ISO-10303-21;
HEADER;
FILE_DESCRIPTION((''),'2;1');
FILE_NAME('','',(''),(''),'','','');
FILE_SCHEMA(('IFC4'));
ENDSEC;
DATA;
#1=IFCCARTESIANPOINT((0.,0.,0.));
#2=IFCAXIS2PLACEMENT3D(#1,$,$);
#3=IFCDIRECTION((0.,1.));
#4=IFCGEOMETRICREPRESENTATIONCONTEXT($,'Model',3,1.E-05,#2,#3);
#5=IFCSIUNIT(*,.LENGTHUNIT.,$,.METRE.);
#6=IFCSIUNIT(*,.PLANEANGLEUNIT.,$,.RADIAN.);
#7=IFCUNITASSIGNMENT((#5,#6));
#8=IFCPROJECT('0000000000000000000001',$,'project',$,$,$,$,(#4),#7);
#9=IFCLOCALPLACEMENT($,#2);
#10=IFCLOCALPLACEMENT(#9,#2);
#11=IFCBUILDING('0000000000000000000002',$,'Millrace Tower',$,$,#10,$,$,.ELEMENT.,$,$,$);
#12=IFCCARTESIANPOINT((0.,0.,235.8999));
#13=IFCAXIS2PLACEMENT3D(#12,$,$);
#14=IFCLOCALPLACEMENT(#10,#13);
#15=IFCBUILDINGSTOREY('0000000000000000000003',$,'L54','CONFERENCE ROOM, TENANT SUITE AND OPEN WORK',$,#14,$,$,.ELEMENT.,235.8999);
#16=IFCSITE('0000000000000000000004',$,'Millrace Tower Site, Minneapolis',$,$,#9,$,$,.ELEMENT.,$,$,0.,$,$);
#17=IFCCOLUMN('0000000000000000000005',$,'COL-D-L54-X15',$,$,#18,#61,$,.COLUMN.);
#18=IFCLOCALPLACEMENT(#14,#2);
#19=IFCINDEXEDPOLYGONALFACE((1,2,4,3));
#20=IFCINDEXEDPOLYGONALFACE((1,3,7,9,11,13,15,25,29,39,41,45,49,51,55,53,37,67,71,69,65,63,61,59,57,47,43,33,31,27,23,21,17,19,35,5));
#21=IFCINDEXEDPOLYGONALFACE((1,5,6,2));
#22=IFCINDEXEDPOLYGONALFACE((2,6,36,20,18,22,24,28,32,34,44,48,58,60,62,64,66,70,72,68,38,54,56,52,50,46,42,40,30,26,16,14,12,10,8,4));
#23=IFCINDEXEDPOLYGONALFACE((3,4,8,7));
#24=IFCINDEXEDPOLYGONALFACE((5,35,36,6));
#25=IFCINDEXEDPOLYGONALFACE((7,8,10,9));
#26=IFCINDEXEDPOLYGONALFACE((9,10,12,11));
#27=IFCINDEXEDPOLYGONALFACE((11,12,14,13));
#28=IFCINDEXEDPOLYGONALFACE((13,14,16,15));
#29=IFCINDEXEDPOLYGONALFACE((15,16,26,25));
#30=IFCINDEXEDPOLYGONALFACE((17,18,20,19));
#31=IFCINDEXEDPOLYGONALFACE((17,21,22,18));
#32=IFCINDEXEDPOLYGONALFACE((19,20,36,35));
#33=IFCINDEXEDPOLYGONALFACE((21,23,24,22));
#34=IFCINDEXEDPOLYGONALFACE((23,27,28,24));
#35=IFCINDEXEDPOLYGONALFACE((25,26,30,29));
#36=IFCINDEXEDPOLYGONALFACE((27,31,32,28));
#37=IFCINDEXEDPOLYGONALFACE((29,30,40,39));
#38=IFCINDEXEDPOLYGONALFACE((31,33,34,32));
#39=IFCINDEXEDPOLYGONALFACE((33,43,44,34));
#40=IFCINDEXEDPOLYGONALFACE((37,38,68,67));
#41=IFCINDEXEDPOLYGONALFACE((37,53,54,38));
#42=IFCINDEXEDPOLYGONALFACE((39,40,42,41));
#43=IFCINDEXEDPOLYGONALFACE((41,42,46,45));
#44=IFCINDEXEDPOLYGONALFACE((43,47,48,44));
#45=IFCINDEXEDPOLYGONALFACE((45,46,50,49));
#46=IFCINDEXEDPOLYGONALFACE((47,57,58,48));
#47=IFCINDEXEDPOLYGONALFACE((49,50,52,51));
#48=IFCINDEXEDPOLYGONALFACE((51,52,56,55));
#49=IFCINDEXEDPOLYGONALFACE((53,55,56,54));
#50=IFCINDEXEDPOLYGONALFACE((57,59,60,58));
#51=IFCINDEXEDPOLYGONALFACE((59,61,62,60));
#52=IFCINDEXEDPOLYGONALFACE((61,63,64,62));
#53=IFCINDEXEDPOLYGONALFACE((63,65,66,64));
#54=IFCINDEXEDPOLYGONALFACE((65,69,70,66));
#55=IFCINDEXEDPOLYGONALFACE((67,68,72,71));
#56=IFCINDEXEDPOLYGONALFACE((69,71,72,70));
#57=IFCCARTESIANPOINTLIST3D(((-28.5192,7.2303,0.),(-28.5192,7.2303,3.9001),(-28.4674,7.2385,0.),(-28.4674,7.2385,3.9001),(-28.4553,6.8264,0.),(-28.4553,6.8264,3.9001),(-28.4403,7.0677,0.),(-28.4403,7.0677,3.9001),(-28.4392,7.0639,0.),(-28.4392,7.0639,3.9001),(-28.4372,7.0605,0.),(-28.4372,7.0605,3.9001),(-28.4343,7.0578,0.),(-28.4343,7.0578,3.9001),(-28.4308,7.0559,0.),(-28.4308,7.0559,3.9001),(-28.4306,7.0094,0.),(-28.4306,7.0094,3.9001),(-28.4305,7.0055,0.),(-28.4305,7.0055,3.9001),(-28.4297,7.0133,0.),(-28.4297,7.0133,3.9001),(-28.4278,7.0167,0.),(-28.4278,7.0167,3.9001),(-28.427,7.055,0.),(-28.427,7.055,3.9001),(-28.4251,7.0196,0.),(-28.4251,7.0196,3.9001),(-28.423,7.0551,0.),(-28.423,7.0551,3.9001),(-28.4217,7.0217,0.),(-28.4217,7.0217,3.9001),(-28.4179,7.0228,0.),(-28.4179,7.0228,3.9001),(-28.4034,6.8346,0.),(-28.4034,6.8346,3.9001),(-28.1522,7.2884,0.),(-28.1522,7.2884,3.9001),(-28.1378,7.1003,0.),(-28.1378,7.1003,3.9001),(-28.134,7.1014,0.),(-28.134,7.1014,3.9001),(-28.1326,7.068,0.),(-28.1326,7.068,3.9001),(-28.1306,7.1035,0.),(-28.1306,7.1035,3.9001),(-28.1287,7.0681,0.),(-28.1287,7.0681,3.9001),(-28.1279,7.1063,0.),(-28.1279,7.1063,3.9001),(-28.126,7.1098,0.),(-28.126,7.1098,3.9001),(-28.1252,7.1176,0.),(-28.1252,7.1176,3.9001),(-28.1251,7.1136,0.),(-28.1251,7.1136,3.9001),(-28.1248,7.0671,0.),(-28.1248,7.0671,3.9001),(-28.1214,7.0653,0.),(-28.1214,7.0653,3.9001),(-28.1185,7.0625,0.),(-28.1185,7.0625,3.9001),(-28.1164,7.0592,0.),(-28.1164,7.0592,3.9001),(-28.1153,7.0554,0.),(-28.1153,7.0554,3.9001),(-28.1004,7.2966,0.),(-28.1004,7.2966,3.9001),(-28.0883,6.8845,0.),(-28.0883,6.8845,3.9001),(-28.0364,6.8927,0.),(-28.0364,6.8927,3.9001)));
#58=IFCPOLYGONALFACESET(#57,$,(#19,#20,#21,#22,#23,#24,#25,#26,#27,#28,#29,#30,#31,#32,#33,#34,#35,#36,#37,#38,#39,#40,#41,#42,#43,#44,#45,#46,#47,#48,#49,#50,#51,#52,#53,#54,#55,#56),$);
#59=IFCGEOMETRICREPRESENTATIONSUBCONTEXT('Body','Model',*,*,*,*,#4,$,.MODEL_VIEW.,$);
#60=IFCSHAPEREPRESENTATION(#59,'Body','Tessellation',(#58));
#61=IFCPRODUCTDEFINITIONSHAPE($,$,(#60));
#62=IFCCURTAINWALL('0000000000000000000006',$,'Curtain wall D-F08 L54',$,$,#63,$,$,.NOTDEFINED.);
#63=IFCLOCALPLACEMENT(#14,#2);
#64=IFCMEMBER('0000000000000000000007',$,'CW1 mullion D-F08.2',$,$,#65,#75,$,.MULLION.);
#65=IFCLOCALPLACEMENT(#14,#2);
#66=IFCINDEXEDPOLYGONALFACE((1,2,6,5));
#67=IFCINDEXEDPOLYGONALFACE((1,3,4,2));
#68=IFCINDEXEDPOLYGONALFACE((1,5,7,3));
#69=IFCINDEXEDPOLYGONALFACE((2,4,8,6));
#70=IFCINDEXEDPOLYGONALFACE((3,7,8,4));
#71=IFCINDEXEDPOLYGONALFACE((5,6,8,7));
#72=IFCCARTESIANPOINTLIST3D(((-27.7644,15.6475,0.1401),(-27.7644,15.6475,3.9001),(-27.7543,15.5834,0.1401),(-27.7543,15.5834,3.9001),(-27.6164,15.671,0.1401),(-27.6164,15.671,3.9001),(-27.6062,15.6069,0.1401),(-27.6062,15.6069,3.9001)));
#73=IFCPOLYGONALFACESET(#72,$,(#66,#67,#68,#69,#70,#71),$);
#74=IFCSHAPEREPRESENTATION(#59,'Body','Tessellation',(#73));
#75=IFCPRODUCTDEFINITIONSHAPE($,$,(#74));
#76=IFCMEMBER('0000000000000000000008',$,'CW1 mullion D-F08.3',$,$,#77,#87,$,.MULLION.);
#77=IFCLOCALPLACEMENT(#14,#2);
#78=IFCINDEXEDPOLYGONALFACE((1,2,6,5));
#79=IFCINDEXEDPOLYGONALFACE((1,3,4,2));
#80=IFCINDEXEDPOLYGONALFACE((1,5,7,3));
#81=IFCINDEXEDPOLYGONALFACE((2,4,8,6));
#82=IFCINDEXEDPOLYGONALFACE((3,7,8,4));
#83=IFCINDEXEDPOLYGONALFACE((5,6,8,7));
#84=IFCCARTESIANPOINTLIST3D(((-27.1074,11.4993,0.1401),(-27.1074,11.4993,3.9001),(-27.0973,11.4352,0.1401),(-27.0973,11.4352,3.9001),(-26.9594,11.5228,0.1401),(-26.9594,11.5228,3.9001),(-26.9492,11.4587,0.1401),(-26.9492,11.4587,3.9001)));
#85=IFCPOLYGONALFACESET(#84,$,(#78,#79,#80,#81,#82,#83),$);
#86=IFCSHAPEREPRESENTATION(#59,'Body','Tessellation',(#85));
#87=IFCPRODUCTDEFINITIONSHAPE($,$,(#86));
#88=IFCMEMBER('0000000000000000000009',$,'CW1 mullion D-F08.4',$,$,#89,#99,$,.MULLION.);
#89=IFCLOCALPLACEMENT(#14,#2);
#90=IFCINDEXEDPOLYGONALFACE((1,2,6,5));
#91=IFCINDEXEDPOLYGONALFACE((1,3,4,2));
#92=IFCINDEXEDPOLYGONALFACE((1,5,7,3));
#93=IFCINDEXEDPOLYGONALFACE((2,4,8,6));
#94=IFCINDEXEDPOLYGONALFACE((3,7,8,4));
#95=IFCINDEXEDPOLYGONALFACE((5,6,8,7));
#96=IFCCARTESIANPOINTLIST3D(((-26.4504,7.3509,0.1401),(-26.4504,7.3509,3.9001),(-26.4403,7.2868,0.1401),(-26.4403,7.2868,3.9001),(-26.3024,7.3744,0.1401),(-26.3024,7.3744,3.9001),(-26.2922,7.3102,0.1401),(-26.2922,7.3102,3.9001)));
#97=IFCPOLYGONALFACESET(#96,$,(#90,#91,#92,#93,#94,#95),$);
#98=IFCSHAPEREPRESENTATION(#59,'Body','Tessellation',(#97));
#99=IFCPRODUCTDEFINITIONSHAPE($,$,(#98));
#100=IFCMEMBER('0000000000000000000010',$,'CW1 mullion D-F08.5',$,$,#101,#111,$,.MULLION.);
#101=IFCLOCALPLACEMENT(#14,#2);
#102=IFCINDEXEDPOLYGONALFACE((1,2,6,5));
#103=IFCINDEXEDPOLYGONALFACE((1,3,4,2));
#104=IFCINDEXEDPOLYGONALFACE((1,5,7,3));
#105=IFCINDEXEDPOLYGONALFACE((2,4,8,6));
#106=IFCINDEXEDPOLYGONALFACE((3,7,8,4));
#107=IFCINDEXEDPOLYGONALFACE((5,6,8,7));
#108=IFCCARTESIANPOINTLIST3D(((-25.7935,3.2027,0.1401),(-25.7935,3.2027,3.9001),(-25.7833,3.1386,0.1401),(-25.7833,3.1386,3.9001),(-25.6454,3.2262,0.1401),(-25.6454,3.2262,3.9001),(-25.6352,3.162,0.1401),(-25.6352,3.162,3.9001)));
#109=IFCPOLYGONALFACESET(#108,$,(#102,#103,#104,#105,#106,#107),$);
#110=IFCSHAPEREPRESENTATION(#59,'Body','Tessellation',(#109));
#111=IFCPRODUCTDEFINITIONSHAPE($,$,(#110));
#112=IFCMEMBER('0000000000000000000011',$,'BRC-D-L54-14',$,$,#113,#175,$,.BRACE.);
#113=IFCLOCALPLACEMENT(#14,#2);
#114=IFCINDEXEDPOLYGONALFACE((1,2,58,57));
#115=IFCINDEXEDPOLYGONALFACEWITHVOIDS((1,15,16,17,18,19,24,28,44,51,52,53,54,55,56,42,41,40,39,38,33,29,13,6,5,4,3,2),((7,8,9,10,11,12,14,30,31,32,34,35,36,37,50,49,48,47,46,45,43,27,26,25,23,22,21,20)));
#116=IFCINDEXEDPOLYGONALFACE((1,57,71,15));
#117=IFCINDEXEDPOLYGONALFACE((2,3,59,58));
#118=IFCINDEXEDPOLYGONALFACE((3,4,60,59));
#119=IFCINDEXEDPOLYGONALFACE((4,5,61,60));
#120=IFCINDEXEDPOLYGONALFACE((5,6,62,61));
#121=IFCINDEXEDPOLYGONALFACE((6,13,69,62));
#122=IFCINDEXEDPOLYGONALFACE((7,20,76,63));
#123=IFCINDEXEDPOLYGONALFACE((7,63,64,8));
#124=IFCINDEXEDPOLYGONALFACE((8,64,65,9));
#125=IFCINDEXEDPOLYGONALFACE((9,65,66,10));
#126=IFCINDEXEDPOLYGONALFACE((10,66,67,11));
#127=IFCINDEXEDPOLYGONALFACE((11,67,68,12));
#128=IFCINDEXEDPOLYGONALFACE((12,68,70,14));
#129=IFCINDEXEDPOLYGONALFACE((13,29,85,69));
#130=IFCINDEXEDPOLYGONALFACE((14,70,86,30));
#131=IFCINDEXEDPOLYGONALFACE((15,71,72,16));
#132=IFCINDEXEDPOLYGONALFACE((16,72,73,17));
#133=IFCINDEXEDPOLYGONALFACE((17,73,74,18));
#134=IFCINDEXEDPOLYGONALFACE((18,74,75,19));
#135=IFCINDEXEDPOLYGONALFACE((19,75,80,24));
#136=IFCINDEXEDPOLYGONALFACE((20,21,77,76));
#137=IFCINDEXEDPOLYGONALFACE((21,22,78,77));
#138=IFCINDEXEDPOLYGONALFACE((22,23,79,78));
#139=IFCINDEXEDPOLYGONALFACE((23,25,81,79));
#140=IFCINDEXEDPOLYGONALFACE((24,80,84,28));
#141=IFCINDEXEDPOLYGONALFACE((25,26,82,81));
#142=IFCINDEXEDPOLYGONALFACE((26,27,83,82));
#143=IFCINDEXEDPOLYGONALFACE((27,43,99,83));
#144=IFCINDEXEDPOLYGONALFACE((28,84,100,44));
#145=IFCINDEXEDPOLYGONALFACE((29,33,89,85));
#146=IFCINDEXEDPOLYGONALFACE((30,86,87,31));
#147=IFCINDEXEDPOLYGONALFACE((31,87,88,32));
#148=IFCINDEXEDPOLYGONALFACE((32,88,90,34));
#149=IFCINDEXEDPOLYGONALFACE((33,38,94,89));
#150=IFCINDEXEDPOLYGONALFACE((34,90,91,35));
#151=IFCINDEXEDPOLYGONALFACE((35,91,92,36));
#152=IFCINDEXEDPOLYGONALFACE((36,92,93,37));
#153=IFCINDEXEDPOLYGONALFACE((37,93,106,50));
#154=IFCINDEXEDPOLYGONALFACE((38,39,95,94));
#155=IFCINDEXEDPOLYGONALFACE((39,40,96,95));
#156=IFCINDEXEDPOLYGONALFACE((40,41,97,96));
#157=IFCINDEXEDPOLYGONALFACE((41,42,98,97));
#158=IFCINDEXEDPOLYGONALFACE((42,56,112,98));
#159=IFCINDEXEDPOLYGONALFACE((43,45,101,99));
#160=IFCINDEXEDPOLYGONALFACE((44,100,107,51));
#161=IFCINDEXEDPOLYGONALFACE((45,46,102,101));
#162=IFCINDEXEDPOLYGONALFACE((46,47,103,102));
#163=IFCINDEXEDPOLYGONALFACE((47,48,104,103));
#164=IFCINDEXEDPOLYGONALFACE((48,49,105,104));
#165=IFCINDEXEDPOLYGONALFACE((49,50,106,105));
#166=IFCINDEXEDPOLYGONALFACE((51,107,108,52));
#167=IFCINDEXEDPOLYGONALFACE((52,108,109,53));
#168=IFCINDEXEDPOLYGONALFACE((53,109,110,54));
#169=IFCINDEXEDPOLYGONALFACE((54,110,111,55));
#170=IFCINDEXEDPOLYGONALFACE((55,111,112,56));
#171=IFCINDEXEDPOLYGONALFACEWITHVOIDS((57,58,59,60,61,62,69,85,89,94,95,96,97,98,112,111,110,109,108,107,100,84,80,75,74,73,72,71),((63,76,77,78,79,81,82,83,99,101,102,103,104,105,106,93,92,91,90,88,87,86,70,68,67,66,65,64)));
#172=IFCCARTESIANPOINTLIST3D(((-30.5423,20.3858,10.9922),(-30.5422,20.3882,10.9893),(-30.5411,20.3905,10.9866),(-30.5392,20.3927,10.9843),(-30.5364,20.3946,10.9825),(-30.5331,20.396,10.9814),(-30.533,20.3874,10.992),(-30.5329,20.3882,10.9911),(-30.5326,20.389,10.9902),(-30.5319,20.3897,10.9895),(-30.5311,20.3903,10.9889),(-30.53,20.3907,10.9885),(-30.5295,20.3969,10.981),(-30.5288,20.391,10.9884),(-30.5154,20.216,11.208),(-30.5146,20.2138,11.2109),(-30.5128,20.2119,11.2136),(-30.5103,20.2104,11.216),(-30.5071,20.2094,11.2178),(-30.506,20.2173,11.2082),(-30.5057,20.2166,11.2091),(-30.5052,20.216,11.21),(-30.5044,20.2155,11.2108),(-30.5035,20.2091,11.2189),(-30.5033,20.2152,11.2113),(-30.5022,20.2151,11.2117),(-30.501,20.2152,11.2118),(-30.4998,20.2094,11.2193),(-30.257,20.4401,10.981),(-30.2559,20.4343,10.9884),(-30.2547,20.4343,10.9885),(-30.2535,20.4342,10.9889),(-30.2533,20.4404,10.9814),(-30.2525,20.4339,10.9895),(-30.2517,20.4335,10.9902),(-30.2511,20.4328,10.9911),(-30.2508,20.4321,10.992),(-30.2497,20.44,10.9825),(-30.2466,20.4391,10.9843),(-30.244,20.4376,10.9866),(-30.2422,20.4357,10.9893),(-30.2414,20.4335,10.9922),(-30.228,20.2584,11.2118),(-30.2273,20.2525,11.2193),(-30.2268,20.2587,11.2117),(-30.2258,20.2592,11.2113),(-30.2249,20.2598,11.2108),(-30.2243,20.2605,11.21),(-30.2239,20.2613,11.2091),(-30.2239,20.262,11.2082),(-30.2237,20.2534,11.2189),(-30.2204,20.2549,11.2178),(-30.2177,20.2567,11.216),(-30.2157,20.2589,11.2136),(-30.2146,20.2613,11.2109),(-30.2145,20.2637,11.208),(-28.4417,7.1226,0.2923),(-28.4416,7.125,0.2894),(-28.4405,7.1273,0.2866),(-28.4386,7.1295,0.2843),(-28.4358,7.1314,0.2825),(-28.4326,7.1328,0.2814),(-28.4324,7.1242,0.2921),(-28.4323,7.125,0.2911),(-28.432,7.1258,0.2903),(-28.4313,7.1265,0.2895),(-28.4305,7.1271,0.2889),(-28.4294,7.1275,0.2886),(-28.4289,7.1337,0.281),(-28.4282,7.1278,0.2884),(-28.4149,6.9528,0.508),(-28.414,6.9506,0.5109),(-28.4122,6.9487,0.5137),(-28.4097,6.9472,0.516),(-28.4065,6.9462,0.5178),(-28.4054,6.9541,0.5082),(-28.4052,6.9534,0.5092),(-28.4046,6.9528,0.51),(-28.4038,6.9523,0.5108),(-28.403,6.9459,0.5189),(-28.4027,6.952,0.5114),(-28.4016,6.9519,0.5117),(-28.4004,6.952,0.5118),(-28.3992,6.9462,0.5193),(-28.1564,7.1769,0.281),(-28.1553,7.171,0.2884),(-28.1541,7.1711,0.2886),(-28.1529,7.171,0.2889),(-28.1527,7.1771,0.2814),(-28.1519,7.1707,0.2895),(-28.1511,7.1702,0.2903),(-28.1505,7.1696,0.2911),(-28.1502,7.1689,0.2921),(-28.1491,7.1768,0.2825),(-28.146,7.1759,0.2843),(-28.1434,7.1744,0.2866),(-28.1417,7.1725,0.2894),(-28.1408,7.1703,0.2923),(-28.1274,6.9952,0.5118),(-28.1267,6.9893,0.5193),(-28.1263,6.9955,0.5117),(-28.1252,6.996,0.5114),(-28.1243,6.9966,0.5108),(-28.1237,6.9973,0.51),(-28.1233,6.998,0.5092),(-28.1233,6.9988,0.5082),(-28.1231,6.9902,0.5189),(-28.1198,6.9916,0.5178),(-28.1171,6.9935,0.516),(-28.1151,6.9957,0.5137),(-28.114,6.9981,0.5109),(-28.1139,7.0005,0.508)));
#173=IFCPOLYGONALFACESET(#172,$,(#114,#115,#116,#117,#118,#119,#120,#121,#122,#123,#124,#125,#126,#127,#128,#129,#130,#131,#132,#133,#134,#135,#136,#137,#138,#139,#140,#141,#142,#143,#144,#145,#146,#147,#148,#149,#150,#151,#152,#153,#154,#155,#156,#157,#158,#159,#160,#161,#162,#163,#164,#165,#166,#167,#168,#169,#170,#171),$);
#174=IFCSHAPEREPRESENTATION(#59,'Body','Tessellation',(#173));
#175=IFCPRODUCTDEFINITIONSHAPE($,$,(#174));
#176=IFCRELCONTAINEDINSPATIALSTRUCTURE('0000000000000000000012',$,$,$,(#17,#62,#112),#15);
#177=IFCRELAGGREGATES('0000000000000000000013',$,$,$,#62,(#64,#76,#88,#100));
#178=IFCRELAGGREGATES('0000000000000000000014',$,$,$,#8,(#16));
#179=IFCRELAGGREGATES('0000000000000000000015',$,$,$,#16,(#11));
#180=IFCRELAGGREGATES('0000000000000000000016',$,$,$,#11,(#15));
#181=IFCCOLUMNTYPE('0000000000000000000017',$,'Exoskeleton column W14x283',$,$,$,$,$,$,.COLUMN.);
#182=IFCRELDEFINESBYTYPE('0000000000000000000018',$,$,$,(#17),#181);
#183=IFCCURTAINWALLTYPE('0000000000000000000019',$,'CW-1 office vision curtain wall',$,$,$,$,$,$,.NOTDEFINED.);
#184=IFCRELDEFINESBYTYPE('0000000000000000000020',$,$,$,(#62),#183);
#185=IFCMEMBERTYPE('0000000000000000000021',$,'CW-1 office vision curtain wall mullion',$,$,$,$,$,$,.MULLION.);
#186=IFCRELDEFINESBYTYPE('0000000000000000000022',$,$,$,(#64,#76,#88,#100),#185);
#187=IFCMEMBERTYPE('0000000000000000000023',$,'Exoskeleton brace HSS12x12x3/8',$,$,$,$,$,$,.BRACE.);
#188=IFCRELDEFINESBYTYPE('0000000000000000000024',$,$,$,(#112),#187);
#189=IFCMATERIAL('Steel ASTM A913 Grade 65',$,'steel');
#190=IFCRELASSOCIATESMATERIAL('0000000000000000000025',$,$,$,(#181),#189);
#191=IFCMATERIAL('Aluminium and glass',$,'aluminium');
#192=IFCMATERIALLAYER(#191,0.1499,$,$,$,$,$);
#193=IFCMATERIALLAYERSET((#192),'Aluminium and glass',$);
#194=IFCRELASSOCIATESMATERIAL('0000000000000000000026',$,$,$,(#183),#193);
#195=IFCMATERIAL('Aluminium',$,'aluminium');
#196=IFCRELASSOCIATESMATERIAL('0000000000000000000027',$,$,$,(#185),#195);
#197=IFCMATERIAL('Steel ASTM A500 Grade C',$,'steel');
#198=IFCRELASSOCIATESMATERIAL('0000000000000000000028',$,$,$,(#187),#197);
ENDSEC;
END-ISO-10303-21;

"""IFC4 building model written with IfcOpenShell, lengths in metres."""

from ifc_helpers import new_model, si_unit, direction, frame, origin, origin_2d, place, context, subcontext, project, spatial, rectangle, hollow_rectangle, i_section, extrude, material, layer, layer_set, material_profile, profile_set, type_object, element, aggregate, save


model = new_model("IFC4")

# Units and contexts
model_context = context("Model", 3, precision=1e-05, world=origin(), true_north=direction((0.0, 1.0)))
body_context = subcontext(model_context, "Body", "Model", "MODEL_VIEW")
ifc_project = project(units=[si_unit("LENGTHUNIT", "METRE"), si_unit("PLANEANGLEUNIT", "RADIAN")], contexts=[model_context])

# Site, building, storey
site_placement = place(None, origin())
site = spatial("IfcSite", under=ifc_project, at=site_placement, Name="Millrace Tower Site, Minneapolis", CompositionType="ELEMENT", RefElevation=0.0)
building_placement = place(site_placement, origin())
building = spatial("IfcBuilding", under=site, at=building_placement, Name="Millrace Tower", CompositionType="ELEMENT")
storey_placement = place(building_placement, frame((0.0, 0.0, 235.8999)))
storey = spatial("IfcBuildingStorey", under=building, at=storey_placement, Name="L54", Description="CONFERENCE ROOM, TENANT SUITE AND OPEN WORK", CompositionType="ELEMENT", Elevation=235.8999)

# Column
ifc_material_1 = material(Name="Steel ASTM A913 Grade 65", Category="steel")
ifc_material_profile_1 = material_profile(ifc_material_1, i_section(OverallWidth=0.4089, OverallDepth=0.4241, WebThickness=0.0327, FlangeThickness=0.0525, FilletRadius=0.0151, at=origin_2d()))
ifc_profile_set_1 = profile_set([ifc_material_profile_1], Name="Steel ASTM A913 Grade 65")
column_type = type_object("IfcColumnType", Name="Exoskeleton column W14x283", PredefinedType="COLUMN", material=ifc_profile_set_1)
column_placement = place(storey_placement, frame((-28.2778, 7.0615, 0.0), z_axis=(0.0, 0.0, 1.0), x_axis=(0.156434, -0.987688, 0.0)))
element("IfcColumn", 1, at=column_placement, inside=storey, type_object=column_type, Name="COL-D-L54-X15", PredefinedType="COLUMN", context=body_context, shape_type="SweptSolid", body=[
    extrude(i_section(OverallWidth=0.4089, OverallDepth=0.4241, WebThickness=0.0327, FlangeThickness=0.0525, FilletRadius=0.0151, at=origin_2d()), origin(), (0.0, 0.0, 1.0), 3.9001),
])

# Curtain wall, members
ifc_material_2 = material(Name="Aluminium and glass", Category="aluminium")
ifc_layer_1 = layer(ifc_material_2, 0.1499)
ifc_layer_set_1 = layer_set([ifc_layer_1], Name="Aluminium and glass")
curtain_wall_type = type_object("IfcCurtainWallType", Name="CW-1 office vision curtain wall", PredefinedType="NOTDEFINED", material=ifc_layer_set_1)
curtain_wall_placement = place(storey_placement, origin())
curtain_wall = element("IfcCurtainWall", 2, at=curtain_wall_placement, inside=storey, type_object=curtain_wall_type, Name="Curtain wall D-F08 L54", PredefinedType="NOTDEFINED")
ifc_material_3 = material(Name="Aluminium", Category="aluminium")
ifc_material_profile_2 = material_profile(ifc_material_3, rectangle(XDim=0.0649, YDim=0.1499, at=origin_2d()))
ifc_profile_set_2 = profile_set([ifc_material_profile_2], Name="Aluminium")
member_type_1 = type_object("IfcMemberType", Name="CW-1 office vision curtain wall mullion", PredefinedType="MULLION", material=ifc_profile_set_2)
member_1_placement = place(storey_placement, frame((-27.6853, 15.6272, 0.1401), z_axis=(0.0, 0.0, 1.0), x_axis=(0.156434, -0.987688, 0.0)))
member_1 = element("IfcMember", 3, at=member_1_placement, type_object=member_type_1, Name="CW1 mullion D-F08.2", PredefinedType="MULLION", context=body_context, shape_type="SweptSolid", body=[
    extrude(rectangle(XDim=0.0649, YDim=0.1499, at=origin_2d()), origin(), (0.0, 0.0, 1.0), 3.76),
])
member_2_placement = place(storey_placement, frame((-27.0283, 11.479, 0.1401), z_axis=(0.0, 0.0, 1.0), x_axis=(0.156434, -0.987688, 0.0)))
member_2 = element("IfcMember", 4, at=member_2_placement, type_object=member_type_1, Name="CW1 mullion D-F08.3", PredefinedType="MULLION", context=body_context, shape_type="SweptSolid", body=[
    extrude(rectangle(XDim=0.0649, YDim=0.1499, at=origin_2d()), origin(), (0.0, 0.0, 1.0), 3.76),
])
member_3_placement = place(storey_placement, frame((-26.3713, 7.3306, 0.1401), z_axis=(0.0, 0.0, 1.0), x_axis=(0.156434, -0.987688, 0.0)))
member_3 = element("IfcMember", 5, at=member_3_placement, type_object=member_type_1, Name="CW1 mullion D-F08.4", PredefinedType="MULLION", context=body_context, shape_type="SweptSolid", body=[
    extrude(rectangle(XDim=0.0649, YDim=0.1499, at=origin_2d()), origin(), (0.0, 0.0, 1.0), 3.76),
])
member_4_placement = place(storey_placement, frame((-25.7144, 3.1824, 0.1401), z_axis=(0.0, 0.0, 1.0), x_axis=(0.156434, -0.987688, 0.0)))
member_4 = element("IfcMember", 6, at=member_4_placement, type_object=member_type_1, Name="CW1 mullion D-F08.5", PredefinedType="MULLION", context=body_context, shape_type="SweptSolid", body=[
    extrude(rectangle(XDim=0.0649, YDim=0.1499, at=origin_2d()), origin(), (0.0, 0.0, 1.0), 3.76),
])
aggregate(curtain_wall, [member_1, member_2, member_3, member_4])

# Member
ifc_material_4 = material(Name="Steel ASTM A500 Grade C", Category="steel")
ifc_material_profile_3 = material_profile(ifc_material_4, hollow_rectangle(XDim=0.3047, YDim=0.3047, WallThickness=0.0095, InnerFilletRadius=0.0046, OuterFilletRadius=0.0144, at=origin_2d()))
ifc_profile_set_3 = profile_set([ifc_material_profile_3], Name="Steel ASTM A500 Grade C")
member_type_2 = type_object("IfcMemberType", Name="Exoskeleton brace HSS12x12x3/8", PredefinedType="BRACE", material=ifc_profile_set_3)
member_5_placement = place(storey_placement, frame((-28.2778, 7.0615, 0.4001), z_axis=(-0.12234, 0.772457, 0.623172), x_axis=(-0.987689, -0.156427, 0.0)))
element("IfcMember", 7, at=member_5_placement, inside=storey, type_object=member_type_2, Name="BRC-D-L54-14", PredefinedType="BRACE", context=body_context, shape_type="SweptSolid", body=[
    extrude(hollow_rectangle(XDim=0.3047, YDim=0.3047, WallThickness=0.0095, InnerFilletRadius=0.0046, OuterFilletRadius=0.0144, at=origin_2d()), origin(), (0.0, 0.0, 1.0), 17.1702),
])

save(model, "model.ifc")
